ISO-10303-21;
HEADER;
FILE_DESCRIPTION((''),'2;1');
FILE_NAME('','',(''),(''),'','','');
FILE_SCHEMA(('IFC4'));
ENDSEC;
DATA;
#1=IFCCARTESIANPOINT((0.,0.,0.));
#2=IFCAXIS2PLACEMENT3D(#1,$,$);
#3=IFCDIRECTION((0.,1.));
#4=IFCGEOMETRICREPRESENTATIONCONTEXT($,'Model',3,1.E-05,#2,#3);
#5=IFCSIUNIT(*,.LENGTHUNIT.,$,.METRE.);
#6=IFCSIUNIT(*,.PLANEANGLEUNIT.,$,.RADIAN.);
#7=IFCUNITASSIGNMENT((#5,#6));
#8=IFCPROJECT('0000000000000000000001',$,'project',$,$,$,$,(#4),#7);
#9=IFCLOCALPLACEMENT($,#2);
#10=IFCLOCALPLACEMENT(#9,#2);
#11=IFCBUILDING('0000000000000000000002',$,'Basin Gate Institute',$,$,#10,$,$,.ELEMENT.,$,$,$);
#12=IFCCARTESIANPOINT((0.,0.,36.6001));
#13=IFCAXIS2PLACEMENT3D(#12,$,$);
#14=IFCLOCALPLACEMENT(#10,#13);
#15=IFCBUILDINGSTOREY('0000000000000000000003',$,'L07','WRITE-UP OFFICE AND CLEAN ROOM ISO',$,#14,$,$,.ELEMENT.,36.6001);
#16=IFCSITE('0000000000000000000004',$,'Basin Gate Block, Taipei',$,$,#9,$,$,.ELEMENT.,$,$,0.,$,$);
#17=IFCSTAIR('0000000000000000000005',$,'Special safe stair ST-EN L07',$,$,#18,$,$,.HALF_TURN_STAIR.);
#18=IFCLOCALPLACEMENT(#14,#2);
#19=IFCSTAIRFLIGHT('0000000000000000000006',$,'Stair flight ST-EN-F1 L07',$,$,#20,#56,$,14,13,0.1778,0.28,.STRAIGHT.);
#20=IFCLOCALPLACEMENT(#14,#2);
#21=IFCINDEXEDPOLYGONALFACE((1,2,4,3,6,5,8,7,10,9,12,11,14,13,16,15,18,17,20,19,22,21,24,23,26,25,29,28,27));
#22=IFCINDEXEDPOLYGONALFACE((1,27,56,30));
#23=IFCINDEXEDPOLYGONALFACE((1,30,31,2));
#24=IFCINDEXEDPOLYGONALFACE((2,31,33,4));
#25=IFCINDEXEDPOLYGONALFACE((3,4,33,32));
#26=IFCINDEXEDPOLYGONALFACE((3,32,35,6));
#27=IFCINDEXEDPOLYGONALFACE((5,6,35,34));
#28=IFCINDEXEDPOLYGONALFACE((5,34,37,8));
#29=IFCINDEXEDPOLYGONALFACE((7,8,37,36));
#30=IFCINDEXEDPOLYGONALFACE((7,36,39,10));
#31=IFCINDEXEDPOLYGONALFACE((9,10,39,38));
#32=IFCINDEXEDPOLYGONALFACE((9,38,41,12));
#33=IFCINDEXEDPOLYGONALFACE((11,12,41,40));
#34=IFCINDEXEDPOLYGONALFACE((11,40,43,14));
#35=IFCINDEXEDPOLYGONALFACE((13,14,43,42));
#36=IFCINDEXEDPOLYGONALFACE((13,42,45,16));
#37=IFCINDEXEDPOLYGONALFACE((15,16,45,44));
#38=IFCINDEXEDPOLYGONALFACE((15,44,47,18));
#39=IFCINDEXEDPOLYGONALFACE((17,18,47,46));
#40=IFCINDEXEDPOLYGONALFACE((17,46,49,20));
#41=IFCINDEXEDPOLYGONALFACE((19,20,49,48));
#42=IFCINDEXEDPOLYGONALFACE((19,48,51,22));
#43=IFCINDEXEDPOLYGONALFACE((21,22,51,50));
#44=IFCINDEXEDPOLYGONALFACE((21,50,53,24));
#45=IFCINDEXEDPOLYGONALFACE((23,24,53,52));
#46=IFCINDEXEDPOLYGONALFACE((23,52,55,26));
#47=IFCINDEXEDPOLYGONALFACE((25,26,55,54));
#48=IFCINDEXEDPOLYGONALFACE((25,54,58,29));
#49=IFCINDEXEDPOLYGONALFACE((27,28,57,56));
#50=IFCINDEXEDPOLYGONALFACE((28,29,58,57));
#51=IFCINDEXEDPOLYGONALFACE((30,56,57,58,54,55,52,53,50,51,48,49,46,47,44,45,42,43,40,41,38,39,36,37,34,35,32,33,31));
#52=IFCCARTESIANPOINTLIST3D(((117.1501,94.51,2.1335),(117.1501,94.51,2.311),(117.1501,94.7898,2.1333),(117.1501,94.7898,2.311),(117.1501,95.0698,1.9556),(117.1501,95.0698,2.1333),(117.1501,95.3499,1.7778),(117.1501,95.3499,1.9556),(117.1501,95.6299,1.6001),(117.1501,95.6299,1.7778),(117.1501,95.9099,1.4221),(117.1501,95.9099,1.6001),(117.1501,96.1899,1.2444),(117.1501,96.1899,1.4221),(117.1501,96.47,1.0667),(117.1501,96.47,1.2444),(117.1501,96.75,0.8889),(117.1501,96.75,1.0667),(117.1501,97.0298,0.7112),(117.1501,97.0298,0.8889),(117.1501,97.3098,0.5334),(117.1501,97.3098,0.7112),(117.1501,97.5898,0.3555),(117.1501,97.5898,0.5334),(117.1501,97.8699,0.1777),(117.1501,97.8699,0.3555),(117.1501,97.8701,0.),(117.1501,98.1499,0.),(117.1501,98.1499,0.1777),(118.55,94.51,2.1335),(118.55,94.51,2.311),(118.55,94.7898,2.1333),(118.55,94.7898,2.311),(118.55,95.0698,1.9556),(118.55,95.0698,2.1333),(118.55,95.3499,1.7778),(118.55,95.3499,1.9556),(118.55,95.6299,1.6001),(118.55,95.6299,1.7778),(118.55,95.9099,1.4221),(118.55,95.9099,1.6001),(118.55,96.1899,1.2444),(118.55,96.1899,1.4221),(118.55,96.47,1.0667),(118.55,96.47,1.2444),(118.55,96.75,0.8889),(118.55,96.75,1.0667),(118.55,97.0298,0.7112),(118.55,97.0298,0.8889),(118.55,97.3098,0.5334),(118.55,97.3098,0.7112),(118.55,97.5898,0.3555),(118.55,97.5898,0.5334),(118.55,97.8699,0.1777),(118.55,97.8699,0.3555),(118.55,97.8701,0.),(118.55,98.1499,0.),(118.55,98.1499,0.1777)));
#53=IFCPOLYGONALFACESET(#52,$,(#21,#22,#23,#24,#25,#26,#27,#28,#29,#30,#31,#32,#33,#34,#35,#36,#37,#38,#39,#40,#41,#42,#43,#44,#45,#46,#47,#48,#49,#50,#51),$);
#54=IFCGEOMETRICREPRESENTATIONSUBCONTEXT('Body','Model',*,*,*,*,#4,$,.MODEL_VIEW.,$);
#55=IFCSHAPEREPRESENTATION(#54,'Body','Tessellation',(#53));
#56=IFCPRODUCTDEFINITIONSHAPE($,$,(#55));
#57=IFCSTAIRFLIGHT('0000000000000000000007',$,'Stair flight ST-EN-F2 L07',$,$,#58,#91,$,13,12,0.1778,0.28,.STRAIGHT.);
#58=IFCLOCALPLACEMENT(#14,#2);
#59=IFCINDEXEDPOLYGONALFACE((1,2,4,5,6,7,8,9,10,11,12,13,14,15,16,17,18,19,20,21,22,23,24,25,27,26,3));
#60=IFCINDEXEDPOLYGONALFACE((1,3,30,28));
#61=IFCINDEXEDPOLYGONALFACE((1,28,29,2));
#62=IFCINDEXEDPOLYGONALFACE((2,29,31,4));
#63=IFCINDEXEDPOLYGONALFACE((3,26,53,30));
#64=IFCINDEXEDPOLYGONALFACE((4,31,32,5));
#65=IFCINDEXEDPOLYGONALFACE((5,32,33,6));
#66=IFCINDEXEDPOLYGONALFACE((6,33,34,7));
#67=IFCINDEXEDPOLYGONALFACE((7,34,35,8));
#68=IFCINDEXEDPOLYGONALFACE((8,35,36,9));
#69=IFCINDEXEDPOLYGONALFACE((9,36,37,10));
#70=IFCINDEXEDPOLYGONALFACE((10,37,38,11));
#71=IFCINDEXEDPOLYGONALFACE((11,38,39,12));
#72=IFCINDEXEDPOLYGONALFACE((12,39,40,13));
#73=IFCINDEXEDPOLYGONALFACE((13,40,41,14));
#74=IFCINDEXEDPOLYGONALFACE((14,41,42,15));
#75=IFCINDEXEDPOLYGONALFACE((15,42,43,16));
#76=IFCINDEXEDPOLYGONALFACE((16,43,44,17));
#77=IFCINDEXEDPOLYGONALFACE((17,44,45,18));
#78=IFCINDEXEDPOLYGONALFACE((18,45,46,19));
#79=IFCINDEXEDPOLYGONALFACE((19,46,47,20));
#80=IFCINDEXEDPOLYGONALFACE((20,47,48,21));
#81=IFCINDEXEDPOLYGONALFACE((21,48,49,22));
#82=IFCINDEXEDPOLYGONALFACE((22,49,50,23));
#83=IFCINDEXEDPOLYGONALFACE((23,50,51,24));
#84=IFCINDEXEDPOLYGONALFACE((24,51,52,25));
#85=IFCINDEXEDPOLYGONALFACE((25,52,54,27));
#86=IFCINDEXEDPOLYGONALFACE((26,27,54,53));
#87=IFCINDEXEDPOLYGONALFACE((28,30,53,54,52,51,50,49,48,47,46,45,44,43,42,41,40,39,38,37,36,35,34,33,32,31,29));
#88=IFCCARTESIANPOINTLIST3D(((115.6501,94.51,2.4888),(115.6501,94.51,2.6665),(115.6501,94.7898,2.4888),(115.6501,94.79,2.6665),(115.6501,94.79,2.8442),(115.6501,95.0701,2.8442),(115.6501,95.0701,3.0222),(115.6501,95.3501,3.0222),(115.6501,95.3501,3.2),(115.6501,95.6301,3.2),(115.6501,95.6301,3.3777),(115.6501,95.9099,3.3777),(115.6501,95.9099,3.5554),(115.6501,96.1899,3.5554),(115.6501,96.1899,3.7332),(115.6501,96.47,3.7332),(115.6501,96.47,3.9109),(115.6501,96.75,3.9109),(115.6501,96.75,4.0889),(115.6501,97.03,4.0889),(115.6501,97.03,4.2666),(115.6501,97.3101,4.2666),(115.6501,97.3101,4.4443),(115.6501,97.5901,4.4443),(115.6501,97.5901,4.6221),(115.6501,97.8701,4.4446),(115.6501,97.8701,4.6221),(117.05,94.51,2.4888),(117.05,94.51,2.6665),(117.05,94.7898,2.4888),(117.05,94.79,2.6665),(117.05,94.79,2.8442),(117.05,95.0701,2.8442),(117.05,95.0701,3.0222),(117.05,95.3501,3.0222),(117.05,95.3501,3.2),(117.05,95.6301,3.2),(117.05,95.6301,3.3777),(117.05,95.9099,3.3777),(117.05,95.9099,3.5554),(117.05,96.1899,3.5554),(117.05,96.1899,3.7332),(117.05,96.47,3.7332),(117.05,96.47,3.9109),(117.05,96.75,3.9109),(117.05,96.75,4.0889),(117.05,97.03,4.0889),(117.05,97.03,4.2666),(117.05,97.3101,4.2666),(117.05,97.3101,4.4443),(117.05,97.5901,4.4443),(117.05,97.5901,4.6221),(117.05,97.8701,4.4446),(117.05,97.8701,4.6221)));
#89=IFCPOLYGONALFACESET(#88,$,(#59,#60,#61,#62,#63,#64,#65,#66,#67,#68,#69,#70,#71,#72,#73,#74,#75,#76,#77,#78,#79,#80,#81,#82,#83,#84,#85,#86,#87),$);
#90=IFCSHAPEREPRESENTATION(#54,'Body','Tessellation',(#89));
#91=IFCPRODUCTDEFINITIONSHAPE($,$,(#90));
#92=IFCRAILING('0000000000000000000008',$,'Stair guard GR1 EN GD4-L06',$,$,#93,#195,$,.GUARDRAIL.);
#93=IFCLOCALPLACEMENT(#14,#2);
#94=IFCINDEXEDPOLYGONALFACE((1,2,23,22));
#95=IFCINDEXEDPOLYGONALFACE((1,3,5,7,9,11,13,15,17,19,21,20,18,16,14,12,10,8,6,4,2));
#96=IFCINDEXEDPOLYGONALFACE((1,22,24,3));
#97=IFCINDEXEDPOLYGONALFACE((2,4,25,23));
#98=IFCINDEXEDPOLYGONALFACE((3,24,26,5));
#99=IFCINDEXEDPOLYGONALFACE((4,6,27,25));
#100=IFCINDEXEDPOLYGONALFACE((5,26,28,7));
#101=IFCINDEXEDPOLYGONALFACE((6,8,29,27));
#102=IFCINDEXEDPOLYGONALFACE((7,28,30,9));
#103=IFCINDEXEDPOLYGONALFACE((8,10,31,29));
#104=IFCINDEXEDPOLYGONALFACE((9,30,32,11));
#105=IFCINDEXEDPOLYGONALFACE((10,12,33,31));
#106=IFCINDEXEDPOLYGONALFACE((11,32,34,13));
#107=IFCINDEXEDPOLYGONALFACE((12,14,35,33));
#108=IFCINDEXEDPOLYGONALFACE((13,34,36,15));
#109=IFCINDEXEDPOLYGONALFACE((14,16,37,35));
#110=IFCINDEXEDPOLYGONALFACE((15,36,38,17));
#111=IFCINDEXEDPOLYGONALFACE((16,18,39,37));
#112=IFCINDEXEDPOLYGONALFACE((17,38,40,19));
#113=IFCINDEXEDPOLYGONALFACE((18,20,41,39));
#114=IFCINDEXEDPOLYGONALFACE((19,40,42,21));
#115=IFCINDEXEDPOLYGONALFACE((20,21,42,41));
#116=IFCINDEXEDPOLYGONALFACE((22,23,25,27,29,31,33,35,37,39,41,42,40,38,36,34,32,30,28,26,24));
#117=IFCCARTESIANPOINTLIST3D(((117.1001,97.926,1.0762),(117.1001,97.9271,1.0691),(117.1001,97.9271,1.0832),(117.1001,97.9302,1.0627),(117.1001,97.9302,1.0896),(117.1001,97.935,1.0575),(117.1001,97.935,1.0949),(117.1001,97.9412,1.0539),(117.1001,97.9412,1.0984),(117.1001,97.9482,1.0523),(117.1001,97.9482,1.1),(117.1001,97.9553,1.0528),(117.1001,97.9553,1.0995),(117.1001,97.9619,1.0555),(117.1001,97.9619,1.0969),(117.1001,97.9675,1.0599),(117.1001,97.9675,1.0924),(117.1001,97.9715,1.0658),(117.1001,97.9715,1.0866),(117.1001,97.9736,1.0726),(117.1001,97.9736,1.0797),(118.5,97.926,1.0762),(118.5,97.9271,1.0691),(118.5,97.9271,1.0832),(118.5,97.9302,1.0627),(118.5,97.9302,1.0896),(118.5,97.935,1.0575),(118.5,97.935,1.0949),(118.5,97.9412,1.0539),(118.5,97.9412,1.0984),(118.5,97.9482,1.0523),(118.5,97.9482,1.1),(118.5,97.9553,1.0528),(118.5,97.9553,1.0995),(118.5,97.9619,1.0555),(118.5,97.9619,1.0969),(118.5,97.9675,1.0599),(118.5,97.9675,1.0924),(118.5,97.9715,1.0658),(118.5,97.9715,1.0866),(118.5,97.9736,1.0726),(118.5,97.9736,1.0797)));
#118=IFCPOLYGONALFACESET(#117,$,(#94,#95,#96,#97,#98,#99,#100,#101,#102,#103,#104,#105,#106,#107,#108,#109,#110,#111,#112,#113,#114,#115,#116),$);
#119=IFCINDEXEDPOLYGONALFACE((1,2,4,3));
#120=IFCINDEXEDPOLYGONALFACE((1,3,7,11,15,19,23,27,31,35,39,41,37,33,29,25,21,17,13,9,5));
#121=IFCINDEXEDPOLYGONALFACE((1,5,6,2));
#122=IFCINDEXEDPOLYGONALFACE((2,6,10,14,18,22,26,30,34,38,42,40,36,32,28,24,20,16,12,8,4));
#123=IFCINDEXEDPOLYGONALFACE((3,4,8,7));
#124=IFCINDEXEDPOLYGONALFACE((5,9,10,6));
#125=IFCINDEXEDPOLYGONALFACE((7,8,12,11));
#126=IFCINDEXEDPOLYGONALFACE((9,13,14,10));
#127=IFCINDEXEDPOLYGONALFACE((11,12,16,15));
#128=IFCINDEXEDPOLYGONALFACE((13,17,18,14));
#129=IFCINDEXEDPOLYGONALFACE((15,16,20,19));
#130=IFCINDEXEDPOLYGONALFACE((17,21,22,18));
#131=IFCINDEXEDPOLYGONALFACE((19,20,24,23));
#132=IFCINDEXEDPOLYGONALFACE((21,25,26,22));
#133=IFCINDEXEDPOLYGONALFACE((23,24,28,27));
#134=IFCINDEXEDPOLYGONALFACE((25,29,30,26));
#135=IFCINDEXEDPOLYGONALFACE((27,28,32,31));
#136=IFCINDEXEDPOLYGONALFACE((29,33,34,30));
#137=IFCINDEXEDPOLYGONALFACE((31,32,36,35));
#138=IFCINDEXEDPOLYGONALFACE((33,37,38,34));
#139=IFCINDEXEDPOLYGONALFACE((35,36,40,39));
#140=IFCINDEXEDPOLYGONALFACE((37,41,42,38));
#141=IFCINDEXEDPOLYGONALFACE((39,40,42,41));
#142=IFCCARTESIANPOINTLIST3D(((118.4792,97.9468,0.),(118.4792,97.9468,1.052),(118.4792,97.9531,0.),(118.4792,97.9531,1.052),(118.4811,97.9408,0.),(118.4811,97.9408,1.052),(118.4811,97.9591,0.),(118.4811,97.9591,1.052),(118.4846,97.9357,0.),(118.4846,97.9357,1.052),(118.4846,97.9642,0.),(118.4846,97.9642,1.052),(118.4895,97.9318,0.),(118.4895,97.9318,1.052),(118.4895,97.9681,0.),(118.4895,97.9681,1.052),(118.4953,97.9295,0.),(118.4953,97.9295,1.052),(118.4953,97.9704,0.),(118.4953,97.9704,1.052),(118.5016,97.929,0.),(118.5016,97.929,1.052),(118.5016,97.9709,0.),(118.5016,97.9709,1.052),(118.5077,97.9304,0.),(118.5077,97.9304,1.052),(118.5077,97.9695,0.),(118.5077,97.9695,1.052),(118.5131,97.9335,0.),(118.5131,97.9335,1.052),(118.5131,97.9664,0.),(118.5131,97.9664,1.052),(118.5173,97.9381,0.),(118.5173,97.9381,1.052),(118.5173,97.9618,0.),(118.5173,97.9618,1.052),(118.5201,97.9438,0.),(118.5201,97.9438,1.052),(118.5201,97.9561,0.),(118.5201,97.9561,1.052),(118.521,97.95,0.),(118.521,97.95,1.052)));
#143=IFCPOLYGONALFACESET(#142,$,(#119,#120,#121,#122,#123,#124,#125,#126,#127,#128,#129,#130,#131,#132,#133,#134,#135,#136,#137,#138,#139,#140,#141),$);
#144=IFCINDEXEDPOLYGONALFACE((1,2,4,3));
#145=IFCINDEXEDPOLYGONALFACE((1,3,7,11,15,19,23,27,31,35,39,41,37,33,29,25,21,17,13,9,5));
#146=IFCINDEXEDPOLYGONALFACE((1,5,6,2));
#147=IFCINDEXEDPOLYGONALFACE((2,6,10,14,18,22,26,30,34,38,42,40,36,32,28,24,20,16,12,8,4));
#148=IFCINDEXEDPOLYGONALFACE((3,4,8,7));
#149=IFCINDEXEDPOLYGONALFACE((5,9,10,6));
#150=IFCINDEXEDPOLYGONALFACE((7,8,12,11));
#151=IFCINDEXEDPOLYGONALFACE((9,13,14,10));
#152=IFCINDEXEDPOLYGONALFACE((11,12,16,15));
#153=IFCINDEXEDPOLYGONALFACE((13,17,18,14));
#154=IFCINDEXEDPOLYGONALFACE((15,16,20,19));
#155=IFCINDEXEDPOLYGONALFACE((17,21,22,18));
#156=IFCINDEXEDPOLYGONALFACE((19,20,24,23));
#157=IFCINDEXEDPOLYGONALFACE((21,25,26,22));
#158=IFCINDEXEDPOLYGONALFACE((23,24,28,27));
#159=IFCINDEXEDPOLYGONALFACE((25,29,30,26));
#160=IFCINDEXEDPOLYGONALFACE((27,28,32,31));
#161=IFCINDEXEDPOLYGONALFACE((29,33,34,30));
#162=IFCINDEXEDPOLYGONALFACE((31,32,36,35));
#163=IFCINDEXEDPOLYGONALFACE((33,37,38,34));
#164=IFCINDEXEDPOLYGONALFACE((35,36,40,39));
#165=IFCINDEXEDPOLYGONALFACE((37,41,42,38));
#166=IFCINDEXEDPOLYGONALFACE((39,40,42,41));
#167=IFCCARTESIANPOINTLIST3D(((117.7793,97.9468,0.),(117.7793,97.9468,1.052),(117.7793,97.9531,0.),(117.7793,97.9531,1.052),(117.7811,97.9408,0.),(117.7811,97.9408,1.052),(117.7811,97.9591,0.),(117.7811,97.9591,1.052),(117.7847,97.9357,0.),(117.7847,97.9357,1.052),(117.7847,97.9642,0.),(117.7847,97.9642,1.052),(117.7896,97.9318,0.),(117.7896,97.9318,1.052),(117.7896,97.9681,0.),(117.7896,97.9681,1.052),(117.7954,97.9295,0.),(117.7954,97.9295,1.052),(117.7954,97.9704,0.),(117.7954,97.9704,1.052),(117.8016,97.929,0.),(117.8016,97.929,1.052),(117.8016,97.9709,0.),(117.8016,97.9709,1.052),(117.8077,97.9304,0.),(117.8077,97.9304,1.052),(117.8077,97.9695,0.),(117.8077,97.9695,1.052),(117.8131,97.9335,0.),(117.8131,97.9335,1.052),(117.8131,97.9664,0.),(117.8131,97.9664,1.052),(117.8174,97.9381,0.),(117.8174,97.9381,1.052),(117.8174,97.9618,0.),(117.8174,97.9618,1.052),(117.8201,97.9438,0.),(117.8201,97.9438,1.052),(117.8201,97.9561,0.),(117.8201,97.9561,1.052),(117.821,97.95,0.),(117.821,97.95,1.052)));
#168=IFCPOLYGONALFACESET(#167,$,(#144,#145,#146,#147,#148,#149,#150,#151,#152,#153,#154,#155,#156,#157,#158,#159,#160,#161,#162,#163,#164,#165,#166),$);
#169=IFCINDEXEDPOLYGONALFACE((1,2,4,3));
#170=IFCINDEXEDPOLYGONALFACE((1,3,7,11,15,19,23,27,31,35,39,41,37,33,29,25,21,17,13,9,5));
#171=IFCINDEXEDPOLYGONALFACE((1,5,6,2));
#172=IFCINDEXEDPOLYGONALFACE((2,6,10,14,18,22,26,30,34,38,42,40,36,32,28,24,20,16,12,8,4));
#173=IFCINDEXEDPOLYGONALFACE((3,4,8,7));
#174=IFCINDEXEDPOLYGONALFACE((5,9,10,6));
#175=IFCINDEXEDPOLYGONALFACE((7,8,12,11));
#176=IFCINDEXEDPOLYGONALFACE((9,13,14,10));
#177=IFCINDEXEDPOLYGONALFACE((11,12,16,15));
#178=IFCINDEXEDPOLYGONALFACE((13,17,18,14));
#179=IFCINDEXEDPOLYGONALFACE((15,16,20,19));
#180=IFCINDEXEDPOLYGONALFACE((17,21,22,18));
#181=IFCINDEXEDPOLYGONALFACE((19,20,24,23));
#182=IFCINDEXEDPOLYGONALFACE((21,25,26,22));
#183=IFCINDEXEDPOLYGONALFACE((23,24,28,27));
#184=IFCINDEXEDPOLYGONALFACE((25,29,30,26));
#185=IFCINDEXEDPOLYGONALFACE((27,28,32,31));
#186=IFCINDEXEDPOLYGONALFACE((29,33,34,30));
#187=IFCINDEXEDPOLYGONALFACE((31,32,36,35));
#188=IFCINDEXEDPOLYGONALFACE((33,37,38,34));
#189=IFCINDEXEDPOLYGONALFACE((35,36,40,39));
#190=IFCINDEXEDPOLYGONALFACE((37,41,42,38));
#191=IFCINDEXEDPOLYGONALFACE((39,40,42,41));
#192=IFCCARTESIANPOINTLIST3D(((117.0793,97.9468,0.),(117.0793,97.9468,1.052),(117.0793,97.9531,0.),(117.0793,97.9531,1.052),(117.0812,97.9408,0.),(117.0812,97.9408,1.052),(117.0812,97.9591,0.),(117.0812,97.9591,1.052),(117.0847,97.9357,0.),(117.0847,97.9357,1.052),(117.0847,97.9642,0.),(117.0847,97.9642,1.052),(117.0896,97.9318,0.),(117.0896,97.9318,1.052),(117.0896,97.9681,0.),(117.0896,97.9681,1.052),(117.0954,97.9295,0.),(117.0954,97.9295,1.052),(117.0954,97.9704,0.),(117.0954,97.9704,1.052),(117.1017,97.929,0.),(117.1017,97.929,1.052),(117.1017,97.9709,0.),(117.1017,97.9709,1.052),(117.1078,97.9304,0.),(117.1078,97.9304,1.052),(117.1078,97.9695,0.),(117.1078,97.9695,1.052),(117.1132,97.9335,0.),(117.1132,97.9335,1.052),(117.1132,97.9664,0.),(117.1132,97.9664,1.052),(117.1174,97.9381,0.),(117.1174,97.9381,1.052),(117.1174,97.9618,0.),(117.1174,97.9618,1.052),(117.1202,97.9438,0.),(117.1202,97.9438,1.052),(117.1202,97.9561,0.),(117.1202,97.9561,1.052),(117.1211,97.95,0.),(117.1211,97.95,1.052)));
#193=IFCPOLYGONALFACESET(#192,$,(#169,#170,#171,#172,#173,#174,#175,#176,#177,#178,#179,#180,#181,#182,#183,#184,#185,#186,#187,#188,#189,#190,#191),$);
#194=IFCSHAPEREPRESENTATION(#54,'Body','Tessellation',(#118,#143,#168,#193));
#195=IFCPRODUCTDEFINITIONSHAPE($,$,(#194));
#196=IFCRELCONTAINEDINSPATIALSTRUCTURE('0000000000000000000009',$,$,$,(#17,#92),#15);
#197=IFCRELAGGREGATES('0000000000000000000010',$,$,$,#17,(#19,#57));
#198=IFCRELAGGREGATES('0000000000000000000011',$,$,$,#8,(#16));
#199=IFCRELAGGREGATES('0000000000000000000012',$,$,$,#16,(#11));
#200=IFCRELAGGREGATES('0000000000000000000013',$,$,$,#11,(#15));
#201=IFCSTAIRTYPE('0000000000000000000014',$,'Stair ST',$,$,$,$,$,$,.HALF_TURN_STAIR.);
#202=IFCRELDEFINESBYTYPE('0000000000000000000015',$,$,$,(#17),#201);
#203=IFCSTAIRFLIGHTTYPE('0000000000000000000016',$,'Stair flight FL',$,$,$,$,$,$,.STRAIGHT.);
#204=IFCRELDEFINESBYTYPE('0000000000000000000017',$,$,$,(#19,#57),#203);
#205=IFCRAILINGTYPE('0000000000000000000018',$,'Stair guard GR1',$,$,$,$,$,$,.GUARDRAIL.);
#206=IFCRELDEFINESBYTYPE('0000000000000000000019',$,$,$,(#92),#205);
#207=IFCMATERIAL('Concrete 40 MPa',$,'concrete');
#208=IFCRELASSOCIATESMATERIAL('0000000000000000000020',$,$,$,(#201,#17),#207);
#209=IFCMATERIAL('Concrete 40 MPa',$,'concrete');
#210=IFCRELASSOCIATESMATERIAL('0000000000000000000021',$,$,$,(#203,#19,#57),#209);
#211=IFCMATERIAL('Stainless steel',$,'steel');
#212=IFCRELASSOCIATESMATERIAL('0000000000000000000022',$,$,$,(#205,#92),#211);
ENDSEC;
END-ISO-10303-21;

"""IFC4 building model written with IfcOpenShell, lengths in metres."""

from ifc_helpers import new_model, si_unit, direction, frame, origin, origin_2d, place, context, subcontext, project, spatial, polyline, circle, outline, extrude, material, type_object, element, aggregate, save


model = new_model("IFC4")

# Units and contexts
model_context = context("Model", 3, precision=1e-05, world=origin(), true_north=direction((0.0, 1.0)))
body_context = subcontext(model_context, "Body", "Model", "MODEL_VIEW")
ifc_project = project(units=[si_unit("LENGTHUNIT", "METRE"), si_unit("PLANEANGLEUNIT", "RADIAN")], contexts=[model_context])

# Site, building, storey
site_placement = place(None, origin())
site = spatial("IfcSite", under=ifc_project, at=site_placement, Name="Basin Gate Block, Taipei", CompositionType="ELEMENT", RefElevation=0.0)
building_placement = place(site_placement, origin())
building = spatial("IfcBuilding", under=site, at=building_placement, Name="Basin Gate Institute", CompositionType="ELEMENT")
storey_placement = place(building_placement, frame((0.0, 0.0, 36.6001)))
storey = spatial("IfcBuildingStorey", under=building, at=storey_placement, Name="L07", Description="WRITE-UP OFFICE AND CLEAN ROOM ISO", CompositionType="ELEMENT", Elevation=36.6001)

# Stair, stair flights
ifc_material_1 = material(Name="Concrete 40 MPa", Category="concrete")
stair_type = type_object("IfcStairType", Name="Stair ST", PredefinedType="HALF_TURN_STAIR", material=ifc_material_1)
stair_placement = place(storey_placement, origin())
stair = element("IfcStair", 1, at=stair_placement, inside=storey, type_object=stair_type, material=ifc_material_1, Name="Special safe stair ST-EN L07", PredefinedType="HALF_TURN_STAIR")
ifc_material_2 = material(Name="Concrete 40 MPa", Category="concrete")
stair_flight_type = type_object("IfcStairFlightType", Name="Stair flight FL", PredefinedType="STRAIGHT", material=ifc_material_2)
stair_flight_1_placement = place(storey_placement, frame((117.8501, 98.1499, 0.0), z_axis=(0.0, 0.0, 1.0), x_axis=(0.0, -1.0, 0.0)))
stair_flight_1 = element("IfcStairFlight", 2, at=stair_flight_1_placement, type_object=stair_flight_type, material=ifc_material_2, Name="Stair flight ST-EN-F1 L07", NumberOfRisers=14, NumberOfTreads=13, PredefinedType="STRAIGHT", RiserHeight=0.1778, TreadLength=0.28, context=body_context, shape_type="SweptSolid", body=[
    extrude(outline(polyline([(0.0, 0.0), (0.0, 0.1777), (0.28, 0.1777), (0.28, 0.3555), (0.5601, 0.3555), (0.5601, 0.5334), (0.8401, 0.5334), (0.8401, 0.7112), (1.1201, 0.7112), (1.1201, 0.8889), (1.3999, 0.8889), (1.3999, 1.0667), (1.6799, 1.0667), (1.6799, 1.2444), (1.96, 1.2444), (1.96, 1.4221), (2.24, 1.4221), (2.24, 1.6001), (2.52, 1.6001), (2.52, 1.7778), (2.8, 1.7778), (2.8, 1.9556), (3.0801, 1.9556), (3.0801, 2.1333), (3.3601, 2.1333), (3.3601, 2.311), (3.6399, 2.311), (3.6399, 2.4888), (3.6399, 2.1335), (0.2798, 0.0), (0.0, 0.0)])), frame((0.0, 0.7, 0.0), z_axis=(0.0, -1.0, 0.0), x_axis=(1.0, 0.0, 0.0)), (0.0, 0.0, 1.0), 1.3999),
])
stair_flight_2_placement = place(storey_placement, frame((116.3501, 94.51, 2.4888), z_axis=(0.0, 0.0, 1.0), x_axis=(0.0, 1.0, 0.0)))
stair_flight_2 = element("IfcStairFlight", 3, at=stair_flight_2_placement, type_object=stair_flight_type, material=ifc_material_2, Name="Stair flight ST-EN-F2 L07", NumberOfRisers=13, NumberOfTreads=12, PredefinedType="STRAIGHT", RiserHeight=0.1778, TreadLength=0.28, context=body_context, shape_type="SweptSolid", body=[
    extrude(outline(polyline([(0.0, 0.0), (0.0, 0.1777), (0.28, 0.1777), (0.28, 0.3555), (0.5601, 0.3555), (0.5601, 0.5334), (0.8401, 0.5334), (0.8401, 0.7112), (1.1201, 0.7112), (1.1201, 0.8889), (1.3999, 0.8889), (1.3999, 1.0667), (1.6799, 1.0667), (1.6799, 1.2444), (1.96, 1.2444), (1.96, 1.4221), (2.24, 1.4221), (2.24, 1.6001), (2.52, 1.6001), (2.52, 1.7778), (2.8, 1.7778), (2.8, 1.9556), (3.0801, 1.9556), (3.0801, 2.1333), (3.3601, 2.1333), (3.3601, 2.311), (3.3601, 1.9558), (0.2798, 0.0), (0.0, 0.0)])), frame((0.0, 0.7, 0.0), z_axis=(0.0, -1.0, 0.0), x_axis=(1.0, 0.0, 0.0)), (0.0, 0.0, 1.0), 1.3999),
])
aggregate(stair, [stair_flight_1, stair_flight_2])

# Railing
ifc_material_3 = material(Name="Stainless steel", Category="steel")
railing_type_1 = type_object("IfcRailingType", Name="Stair guard GR1", PredefinedType="GUARDRAIL", material=ifc_material_3)
railing_1_placement = place(storey_placement, frame((118.5, 97.95, 0.0)))
element("IfcRailing", 4, at=railing_1_placement, inside=storey, type_object=railing_type_1, material=ifc_material_3, Name="Stair guard GR1 EN GD4-L06", PredefinedType="GUARDRAIL", context=body_context, shape_type="SweptSolid", body=[
    extrude(circle(Radius=0.0239, at=origin_2d()), frame((0.0, 0.0, 1.0762), z_axis=(-1.0, 0.0, 0.0), x_axis=(0.0, -1.0, 0.0)), (0.0, 0.0, 1.0), 1.3999),
    extrude(circle(Radius=0.021, at=origin_2d()), origin(), (0.0, 0.0, 1.0), 1.052),
    extrude(circle(Radius=0.021, at=origin_2d()), frame((-0.7, 0.0, 0.0)), (0.0, 0.0, 1.0), 1.052),
    extrude(circle(Radius=0.021, at=origin_2d()), frame((-1.3999, 0.0, 0.0)), (0.0, 0.0, 1.0), 1.052),
])

save(model, "model.ifc")
